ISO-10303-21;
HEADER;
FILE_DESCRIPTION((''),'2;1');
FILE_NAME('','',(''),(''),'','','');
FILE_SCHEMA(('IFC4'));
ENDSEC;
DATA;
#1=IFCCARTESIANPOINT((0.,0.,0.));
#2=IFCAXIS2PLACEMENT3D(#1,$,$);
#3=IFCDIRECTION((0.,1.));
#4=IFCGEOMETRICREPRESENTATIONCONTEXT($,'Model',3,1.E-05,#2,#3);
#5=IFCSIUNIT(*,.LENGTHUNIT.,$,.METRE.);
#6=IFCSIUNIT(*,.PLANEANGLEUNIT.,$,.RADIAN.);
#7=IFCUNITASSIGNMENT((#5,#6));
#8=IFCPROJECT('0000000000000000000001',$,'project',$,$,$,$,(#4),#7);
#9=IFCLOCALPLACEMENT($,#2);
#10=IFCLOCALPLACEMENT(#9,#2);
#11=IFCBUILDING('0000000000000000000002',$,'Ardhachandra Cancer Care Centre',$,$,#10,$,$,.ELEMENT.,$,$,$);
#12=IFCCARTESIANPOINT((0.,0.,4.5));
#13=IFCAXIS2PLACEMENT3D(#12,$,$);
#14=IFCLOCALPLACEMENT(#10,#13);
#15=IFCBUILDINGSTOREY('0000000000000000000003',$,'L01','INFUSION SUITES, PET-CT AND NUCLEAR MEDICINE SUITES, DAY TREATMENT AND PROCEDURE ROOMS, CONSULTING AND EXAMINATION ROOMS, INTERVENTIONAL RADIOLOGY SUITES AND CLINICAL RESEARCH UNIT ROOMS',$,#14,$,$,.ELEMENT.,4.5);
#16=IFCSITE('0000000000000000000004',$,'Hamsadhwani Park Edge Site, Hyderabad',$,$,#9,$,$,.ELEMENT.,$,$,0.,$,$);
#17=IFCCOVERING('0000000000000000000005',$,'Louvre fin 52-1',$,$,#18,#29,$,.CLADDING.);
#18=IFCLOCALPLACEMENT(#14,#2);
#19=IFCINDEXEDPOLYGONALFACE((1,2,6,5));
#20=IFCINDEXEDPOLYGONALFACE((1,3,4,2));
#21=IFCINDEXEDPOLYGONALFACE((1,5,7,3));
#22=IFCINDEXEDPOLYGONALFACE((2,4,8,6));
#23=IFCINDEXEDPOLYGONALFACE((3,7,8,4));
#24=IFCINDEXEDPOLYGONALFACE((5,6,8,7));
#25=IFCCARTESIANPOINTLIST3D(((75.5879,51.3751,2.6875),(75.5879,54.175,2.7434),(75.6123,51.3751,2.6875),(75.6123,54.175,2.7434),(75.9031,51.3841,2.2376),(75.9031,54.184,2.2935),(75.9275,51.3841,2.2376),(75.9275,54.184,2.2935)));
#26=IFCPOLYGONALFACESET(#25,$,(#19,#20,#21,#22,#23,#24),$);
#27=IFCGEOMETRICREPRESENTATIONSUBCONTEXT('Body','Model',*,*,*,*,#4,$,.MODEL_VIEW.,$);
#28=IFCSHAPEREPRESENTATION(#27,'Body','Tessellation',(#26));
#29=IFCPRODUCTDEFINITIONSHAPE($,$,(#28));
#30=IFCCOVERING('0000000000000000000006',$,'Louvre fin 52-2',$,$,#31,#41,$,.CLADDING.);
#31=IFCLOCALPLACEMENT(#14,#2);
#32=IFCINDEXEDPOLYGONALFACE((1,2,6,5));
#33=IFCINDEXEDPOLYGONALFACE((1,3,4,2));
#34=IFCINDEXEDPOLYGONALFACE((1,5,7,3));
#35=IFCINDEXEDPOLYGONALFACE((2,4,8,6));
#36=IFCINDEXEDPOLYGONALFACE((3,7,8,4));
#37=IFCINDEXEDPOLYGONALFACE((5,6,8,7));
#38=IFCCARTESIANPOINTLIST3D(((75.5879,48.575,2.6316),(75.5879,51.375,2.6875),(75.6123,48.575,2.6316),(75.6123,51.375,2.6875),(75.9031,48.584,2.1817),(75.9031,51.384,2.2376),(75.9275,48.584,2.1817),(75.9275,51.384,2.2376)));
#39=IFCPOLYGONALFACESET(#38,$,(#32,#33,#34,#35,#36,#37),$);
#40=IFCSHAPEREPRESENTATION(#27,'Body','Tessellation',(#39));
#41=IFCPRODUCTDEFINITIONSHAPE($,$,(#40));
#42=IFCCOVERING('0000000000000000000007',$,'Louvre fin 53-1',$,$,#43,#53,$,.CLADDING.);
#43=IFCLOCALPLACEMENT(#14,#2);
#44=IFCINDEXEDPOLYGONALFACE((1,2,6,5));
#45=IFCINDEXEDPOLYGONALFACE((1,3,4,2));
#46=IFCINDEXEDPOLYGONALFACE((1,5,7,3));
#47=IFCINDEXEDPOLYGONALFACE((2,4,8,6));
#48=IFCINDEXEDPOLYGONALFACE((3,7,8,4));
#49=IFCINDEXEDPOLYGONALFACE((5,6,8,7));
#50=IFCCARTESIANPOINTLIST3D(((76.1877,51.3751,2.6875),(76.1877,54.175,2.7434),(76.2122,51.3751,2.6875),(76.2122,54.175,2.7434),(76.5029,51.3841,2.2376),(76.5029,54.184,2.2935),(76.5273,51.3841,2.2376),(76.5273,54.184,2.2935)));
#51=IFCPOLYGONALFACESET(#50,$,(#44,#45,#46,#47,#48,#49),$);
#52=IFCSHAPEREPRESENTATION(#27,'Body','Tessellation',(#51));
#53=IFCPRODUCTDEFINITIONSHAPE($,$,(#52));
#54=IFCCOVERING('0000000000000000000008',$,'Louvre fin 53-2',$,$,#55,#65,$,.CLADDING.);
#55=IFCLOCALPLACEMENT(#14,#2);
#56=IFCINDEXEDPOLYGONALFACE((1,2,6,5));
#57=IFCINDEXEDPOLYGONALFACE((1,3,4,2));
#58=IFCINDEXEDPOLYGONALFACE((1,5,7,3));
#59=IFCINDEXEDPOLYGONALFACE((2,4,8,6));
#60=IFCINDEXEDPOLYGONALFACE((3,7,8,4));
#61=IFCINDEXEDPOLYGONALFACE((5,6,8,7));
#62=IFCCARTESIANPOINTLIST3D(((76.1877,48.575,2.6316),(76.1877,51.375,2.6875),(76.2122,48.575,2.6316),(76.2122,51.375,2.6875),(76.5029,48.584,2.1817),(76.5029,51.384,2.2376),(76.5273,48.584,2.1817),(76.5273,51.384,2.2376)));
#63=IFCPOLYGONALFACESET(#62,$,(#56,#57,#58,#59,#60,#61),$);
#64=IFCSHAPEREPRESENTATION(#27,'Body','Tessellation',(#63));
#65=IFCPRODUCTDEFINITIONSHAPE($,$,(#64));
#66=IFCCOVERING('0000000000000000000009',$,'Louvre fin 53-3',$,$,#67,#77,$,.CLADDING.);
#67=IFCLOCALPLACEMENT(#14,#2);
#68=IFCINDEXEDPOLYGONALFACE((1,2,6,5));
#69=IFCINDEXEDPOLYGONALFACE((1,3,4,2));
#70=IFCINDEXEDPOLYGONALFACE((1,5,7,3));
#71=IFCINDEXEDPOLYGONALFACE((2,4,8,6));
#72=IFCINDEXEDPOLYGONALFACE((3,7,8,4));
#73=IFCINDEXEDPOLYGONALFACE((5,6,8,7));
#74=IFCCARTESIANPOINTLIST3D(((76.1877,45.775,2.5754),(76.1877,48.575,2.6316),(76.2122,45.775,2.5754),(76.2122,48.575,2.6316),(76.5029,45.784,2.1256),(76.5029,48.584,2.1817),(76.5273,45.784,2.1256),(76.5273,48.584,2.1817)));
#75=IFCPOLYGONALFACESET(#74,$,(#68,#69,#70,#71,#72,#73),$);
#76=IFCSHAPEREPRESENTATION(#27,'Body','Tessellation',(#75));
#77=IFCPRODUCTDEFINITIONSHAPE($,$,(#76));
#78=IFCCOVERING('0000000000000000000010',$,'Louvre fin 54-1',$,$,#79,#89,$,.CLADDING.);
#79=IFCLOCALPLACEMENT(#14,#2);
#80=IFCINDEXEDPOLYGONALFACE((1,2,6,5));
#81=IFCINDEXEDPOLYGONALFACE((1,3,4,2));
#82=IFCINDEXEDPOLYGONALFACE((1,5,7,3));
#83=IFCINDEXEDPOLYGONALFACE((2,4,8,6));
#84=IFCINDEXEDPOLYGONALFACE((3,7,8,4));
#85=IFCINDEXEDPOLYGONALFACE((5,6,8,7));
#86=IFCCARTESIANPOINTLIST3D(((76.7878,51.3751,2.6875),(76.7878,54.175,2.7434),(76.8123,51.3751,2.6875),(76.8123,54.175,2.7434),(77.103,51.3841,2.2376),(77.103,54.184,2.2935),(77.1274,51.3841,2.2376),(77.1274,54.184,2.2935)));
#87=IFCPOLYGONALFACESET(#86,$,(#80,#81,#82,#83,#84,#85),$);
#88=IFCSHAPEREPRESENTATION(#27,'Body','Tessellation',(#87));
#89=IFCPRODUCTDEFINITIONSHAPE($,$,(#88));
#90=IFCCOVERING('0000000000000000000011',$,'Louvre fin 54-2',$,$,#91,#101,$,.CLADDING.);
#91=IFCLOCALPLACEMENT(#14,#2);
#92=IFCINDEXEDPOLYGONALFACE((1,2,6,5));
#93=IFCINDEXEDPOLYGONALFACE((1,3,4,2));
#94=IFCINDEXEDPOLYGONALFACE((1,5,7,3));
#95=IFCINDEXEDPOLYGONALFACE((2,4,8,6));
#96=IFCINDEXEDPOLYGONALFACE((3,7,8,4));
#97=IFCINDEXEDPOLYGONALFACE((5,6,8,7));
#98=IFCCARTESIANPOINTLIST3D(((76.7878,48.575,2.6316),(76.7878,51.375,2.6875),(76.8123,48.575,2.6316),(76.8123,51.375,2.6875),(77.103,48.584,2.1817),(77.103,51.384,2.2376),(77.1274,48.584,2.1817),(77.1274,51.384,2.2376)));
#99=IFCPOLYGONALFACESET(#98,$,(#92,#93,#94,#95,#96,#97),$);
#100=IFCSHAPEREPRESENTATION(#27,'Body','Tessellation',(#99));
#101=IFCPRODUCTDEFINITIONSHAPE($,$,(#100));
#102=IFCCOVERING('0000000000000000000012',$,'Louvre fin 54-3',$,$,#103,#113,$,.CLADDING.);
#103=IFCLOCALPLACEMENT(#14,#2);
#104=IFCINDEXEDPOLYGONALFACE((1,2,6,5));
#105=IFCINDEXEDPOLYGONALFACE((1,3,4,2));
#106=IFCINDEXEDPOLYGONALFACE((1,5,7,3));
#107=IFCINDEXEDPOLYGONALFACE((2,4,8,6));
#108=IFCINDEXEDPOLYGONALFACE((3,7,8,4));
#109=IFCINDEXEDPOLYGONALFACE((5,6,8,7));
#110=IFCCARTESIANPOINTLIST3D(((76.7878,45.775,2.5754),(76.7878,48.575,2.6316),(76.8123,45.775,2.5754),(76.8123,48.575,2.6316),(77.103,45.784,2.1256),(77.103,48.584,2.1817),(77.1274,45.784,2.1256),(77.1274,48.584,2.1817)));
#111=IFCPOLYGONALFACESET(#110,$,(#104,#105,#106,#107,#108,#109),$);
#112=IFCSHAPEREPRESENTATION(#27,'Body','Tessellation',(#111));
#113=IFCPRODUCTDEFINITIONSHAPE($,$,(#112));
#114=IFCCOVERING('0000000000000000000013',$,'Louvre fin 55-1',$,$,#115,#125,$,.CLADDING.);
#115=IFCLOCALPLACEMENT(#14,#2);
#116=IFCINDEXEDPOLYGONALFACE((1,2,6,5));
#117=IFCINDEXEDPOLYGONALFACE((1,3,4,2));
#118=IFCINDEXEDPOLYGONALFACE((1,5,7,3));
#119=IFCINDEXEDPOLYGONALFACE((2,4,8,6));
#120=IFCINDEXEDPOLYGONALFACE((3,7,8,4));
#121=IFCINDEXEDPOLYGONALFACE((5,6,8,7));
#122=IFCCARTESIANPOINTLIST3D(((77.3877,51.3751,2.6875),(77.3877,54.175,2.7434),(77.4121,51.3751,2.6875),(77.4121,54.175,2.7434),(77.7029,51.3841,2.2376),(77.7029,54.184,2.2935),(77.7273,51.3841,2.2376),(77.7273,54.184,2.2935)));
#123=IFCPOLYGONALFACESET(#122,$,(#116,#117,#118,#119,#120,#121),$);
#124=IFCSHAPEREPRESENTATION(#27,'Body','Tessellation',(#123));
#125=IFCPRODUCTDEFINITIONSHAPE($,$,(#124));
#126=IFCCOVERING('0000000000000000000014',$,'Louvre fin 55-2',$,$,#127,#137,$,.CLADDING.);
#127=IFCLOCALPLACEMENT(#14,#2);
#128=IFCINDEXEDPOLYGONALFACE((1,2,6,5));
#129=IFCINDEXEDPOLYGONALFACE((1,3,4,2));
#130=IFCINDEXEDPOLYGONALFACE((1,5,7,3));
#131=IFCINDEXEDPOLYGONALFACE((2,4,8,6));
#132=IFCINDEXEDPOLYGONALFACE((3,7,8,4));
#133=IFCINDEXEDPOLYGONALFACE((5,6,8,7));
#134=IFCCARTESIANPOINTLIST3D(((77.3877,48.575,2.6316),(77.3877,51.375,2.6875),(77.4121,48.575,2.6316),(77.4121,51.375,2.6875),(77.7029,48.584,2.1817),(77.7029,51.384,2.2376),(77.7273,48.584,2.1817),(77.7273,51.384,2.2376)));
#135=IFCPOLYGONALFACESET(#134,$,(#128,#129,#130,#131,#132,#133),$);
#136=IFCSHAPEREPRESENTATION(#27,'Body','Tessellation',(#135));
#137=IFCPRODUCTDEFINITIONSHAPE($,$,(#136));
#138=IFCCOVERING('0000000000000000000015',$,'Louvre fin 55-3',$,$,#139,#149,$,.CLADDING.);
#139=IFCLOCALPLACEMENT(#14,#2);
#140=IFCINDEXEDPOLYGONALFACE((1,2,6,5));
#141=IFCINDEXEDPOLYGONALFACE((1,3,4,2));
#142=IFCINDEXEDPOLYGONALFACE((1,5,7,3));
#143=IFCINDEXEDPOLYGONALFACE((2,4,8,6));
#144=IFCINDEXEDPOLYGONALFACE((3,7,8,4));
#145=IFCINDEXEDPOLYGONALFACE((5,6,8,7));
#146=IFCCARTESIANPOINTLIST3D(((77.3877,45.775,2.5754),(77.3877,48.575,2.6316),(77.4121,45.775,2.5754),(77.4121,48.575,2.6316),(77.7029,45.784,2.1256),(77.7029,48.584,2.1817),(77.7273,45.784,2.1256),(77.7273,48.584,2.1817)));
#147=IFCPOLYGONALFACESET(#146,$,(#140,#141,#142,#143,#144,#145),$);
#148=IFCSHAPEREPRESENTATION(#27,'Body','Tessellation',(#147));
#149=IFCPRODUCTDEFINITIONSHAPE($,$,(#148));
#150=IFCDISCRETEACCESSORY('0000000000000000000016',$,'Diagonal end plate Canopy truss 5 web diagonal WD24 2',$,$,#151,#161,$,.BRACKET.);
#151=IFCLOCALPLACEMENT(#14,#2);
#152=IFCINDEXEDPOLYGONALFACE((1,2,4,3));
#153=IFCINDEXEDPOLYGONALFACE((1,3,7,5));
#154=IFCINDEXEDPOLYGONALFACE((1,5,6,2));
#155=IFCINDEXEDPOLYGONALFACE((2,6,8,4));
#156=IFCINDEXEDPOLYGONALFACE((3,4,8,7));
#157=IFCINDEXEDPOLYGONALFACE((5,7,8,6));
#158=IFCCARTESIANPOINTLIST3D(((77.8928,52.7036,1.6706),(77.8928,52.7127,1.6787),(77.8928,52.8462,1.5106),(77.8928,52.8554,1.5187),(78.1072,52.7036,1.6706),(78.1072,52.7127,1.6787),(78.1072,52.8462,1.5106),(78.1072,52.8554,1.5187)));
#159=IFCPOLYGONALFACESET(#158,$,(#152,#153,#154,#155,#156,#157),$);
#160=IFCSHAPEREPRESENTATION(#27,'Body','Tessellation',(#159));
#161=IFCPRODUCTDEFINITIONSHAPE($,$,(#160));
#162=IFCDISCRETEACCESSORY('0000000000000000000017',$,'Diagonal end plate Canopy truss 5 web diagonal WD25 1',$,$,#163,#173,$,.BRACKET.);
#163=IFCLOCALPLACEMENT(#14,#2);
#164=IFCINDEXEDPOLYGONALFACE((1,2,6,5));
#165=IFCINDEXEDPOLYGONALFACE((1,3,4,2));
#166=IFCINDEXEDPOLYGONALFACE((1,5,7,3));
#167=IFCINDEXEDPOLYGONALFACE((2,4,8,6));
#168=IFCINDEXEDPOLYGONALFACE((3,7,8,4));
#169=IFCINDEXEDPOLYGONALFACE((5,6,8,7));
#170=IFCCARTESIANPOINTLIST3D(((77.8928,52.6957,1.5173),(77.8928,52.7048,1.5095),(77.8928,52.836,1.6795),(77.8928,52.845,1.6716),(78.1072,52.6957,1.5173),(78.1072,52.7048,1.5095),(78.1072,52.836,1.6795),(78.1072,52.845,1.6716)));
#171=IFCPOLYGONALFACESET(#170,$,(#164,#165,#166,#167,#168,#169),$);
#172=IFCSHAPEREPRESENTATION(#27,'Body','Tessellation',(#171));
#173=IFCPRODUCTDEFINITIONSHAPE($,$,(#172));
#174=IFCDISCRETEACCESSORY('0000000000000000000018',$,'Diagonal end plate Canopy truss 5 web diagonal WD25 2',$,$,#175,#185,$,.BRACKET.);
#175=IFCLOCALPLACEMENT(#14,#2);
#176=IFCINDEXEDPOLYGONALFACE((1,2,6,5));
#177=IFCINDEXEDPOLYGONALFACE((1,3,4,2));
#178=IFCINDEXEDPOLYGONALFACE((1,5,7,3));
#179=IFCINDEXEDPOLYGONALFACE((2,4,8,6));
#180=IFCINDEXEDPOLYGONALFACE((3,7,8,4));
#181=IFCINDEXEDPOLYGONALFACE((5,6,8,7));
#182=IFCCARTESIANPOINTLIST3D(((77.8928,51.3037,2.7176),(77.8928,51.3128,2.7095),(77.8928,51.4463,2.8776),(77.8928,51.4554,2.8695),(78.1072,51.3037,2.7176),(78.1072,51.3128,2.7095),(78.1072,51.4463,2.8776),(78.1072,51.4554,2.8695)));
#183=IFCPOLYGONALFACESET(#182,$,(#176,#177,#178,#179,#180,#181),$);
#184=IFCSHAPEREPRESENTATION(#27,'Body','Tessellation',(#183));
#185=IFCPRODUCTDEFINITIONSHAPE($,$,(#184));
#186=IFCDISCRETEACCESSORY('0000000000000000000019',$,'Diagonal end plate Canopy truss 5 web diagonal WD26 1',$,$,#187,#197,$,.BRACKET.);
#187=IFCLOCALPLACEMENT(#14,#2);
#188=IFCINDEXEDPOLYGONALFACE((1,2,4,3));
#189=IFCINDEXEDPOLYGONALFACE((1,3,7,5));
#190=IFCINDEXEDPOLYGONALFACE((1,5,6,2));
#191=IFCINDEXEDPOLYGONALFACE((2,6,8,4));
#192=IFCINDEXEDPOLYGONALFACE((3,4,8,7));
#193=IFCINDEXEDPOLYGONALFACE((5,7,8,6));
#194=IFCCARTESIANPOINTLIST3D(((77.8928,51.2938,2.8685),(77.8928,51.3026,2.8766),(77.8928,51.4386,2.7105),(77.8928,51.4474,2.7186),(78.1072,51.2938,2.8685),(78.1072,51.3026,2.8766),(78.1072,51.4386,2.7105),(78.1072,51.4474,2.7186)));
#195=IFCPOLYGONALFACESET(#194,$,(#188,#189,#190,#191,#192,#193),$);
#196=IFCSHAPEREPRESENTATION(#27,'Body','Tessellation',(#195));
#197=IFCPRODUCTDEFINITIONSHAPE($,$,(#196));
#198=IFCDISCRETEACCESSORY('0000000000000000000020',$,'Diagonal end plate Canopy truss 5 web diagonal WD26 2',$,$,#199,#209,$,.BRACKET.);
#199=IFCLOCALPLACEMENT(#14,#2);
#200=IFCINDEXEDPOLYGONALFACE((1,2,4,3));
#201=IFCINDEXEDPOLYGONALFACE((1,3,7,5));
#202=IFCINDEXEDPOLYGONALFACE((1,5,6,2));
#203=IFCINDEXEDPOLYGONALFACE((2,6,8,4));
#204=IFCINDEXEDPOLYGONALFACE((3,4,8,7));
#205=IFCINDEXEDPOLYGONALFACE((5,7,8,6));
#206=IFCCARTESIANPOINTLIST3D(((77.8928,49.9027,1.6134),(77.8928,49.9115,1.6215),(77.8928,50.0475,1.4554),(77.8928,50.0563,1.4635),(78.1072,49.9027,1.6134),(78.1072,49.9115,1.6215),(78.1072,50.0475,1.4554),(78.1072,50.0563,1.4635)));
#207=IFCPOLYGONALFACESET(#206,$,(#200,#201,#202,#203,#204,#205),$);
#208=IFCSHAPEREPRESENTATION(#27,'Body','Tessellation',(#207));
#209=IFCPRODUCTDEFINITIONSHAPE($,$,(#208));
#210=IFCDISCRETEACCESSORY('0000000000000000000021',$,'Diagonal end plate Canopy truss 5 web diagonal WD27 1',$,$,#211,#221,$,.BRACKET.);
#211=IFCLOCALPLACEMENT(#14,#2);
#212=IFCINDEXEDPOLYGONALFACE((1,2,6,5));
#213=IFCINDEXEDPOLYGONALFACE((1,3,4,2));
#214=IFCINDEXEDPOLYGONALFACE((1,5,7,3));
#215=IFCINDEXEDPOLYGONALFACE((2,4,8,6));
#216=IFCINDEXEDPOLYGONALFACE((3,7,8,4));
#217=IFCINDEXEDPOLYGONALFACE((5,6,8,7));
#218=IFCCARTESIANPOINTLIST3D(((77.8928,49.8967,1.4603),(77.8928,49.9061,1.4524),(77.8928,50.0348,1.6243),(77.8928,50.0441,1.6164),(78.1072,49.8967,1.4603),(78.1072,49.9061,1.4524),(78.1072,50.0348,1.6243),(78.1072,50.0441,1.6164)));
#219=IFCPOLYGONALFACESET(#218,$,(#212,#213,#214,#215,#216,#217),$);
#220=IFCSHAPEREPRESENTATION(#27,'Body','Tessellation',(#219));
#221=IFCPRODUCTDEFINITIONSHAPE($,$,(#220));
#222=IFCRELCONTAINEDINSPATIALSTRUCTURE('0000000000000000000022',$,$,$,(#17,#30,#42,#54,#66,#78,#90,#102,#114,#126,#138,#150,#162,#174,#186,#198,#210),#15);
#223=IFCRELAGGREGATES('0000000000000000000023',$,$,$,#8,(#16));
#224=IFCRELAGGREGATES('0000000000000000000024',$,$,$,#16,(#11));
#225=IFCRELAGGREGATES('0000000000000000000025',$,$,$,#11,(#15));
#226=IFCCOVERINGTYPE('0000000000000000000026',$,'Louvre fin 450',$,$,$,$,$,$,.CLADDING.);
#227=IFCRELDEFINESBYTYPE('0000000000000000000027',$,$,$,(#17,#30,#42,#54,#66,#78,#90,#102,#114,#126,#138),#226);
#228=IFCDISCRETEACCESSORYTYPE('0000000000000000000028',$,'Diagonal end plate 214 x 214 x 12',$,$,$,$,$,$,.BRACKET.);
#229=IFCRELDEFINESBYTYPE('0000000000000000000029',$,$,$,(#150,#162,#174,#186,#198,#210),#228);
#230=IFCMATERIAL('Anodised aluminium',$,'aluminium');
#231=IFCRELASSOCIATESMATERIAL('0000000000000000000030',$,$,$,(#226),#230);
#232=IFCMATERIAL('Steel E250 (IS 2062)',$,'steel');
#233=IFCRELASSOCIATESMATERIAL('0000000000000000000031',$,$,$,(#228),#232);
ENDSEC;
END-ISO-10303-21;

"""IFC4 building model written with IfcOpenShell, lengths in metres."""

from ifc_helpers import new_model, si_unit, direction, frame, origin, origin_2d, place, context, subcontext, project, spatial, polyline, rectangle, outline, extrude, material, material_profile, profile_set, type_object, element, save


model = new_model("IFC4")

# Units and contexts
model_context = context("Model", 3, precision=1e-05, world=origin(), true_north=direction((0.0, 1.0)))
body_context = subcontext(model_context, "Body", "Model", "MODEL_VIEW")
ifc_project = project(units=[si_unit("LENGTHUNIT", "METRE"), si_unit("PLANEANGLEUNIT", "RADIAN")], contexts=[model_context])

# Site, building, storey
site_placement = place(None, origin())
site = spatial("IfcSite", under=ifc_project, at=site_placement, Name="Hamsadhwani Park Edge Site, Hyderabad", CompositionType="ELEMENT", RefElevation=0.0)
building_placement = place(site_placement, origin())
building = spatial("IfcBuilding", under=site, at=building_placement, Name="Ardhachandra Cancer Care Centre", CompositionType="ELEMENT")
storey_placement = place(building_placement, frame((0.0, 0.0, 4.5)))
storey = spatial("IfcBuildingStorey", under=building, at=storey_placement, Name="L01", Description="INFUSION SUITES, PET-CT AND NUCLEAR MEDICINE SUITES, DAY TREATMENT AND PROCEDURE ROOMS, CONSULTING AND EXAMINATION ROOMS, INTERVENTIONAL RADIOLOGY SUITES AND CLINICAL RESEARCH UNIT ROOMS", CompositionType="ELEMENT", Elevation=4.5)

# Coverings
ifc_material_1 = material(Name="Anodised aluminium", Category="aluminium")
ifc_material_profile_1 = material_profile(ifc_material_1, outline(polyline([(-0.0122, 0.0), (0.0122, 0.0), (0.3274, -0.45), (0.303, -0.45), (-0.0122, 0.0)])), Name="Louvre fin 450")
ifc_profile_set_1 = profile_set([ifc_material_profile_1], Name="Anodised aluminium")
covering_type = type_object("IfcCoveringType", Name="Louvre fin 450", PredefinedType="CLADDING", material=ifc_profile_set_1)
for number, where, z_axis, x_axis, name in (
    (1, (75.6001, 54.175, 2.7434), (0.0, -0.999801, -0.019963), (1.0, 0.0, 0.0), "Louvre fin 52-1"),
    (2, (75.6001, 51.375, 2.6875), (0.0, -0.999801, -0.019963), (1.0, 0.0, 0.0), "Louvre fin 52-2"),
    (3, (76.2, 54.175, 2.7434), (0.0, -0.999801, -0.019963), (1.0, 0.0, 0.0), "Louvre fin 53-1"),
    (4, (76.2, 51.375, 2.6875), (0.0, -0.999801, -0.019963), (1.0, 0.0, 0.0), "Louvre fin 53-2"),
    (5, (76.2, 48.575, 2.6316), (0.0, -0.999799, -0.02005), (1.0, 0.0, 0.0), "Louvre fin 53-3"),
    (6, (76.8, 54.175, 2.7434), (0.0, -0.999801, -0.019963), (1.0, 0.0, 0.0), "Louvre fin 54-1"),
    (7, (76.8, 51.375, 2.6875), (0.0, -0.999801, -0.019963), (1.0, 0.0, 0.0), "Louvre fin 54-2"),
    (8, (76.8, 48.575, 2.6316), (0.0, -0.999799, -0.02005), (1.0, 0.0, 0.0), "Louvre fin 54-3"),
    (9, (77.3999, 54.175, 2.7434), (0.0, -0.999801, -0.019963), (1.0, 0.0, 0.0), "Louvre fin 55-1"),
    (10, (77.3999, 51.375, 2.6875), (0.0, -0.999801, -0.019963), (1.0, 0.0, 0.0), "Louvre fin 55-2"),
    (11, (77.3999, 48.575, 2.6316), (0.0, -0.999799, -0.02005), (1.0, 0.0, 0.0), "Louvre fin 55-3"),
):
    element("IfcCovering", number, at=place(storey_placement, frame(where, z_axis=z_axis, x_axis=x_axis)), inside=storey, type_object=covering_type, Name=name, PredefinedType="CLADDING", context=body_context, shape_type="SweptSolid", body=[
        extrude(outline(polyline([(-0.0122, 0.0), (0.0122, 0.0), (0.3274, -0.45), (0.303, -0.45), (-0.0122, 0.0)])), origin(), (0.0, 0.0, 1.0), 2.8005),
    ])

# Discrete accessories
ifc_material_2 = material(Name="Steel E250 (IS 2062)", Category="steel")
ifc_material_profile_2 = material_profile(ifc_material_2, rectangle(XDim=0.2144, YDim=0.2144, at=origin_2d()), Name="PL 214x214x12")
ifc_profile_set_2 = profile_set([ifc_material_profile_2], Name="Steel E250 (IS 2062)")
discrete_accessory_type = type_object("IfcDiscreteAccessoryType", Name="Diagonal end plate 214 x 214 x 12", PredefinedType="BRACKET", material=ifc_profile_set_2)
discrete_accessory_1_placement = place(storey_placement, frame((78.0, 52.7749, 1.5906), z_axis=(0.0, 0.746295, 0.665615), x_axis=(-1.0, 0.0, 0.0)))
element("IfcDiscreteAccessory", 12, at=discrete_accessory_1_placement, inside=storey, type_object=discrete_accessory_type, Name="Diagonal end plate Canopy truss 5 web diagonal WD24 2", PredefinedType="BRACKET", context=body_context, shape_type="SweptSolid", body=[
    extrude(rectangle(XDim=0.2144, YDim=0.2144, at=origin_2d()), origin(), (0.0, 0.0, 1.0), 0.0122),
])
discrete_accessory_2_placement = place(storey_placement, frame((78.0, 52.7749, 1.5906), z_axis=(0.0, -0.756363, 0.654152), x_axis=(1.0, 0.0, 0.0)))
element("IfcDiscreteAccessory", 13, at=discrete_accessory_2_placement, inside=storey, type_object=discrete_accessory_type, Name="Diagonal end plate Canopy truss 5 web diagonal WD25 1", PredefinedType="BRACKET", context=body_context, shape_type="SweptSolid", body=[
    extrude(rectangle(XDim=0.2144, YDim=0.2144, at=origin_2d()), origin(), (0.0, 0.0, 1.0), 0.012),
])
discrete_accessory_3_placement = place(storey_placement, frame((78.0, 51.375, 2.7976), z_axis=(0.0, 0.746295, -0.665615), x_axis=(-1.0, 0.0, 0.0)))
element("IfcDiscreteAccessory", 14, at=discrete_accessory_3_placement, inside=storey, type_object=discrete_accessory_type, Name="Diagonal end plate Canopy truss 5 web diagonal WD25 2", PredefinedType="BRACKET", context=body_context, shape_type="SweptSolid", body=[
    extrude(rectangle(XDim=0.2144, YDim=0.2144, at=origin_2d()), origin(), (0.0, 0.0, 1.0), 0.0122),
])
for number, where, z_axis, x_axis, name in (
    (15, (78.0, 51.375, 2.7976), (0.0, -0.737154, -0.675725), (1.0, 0.0, 0.0), "Diagonal end plate Canopy truss 5 web diagonal WD26 1"),
    (16, (78.0, 49.9751, 1.5344), (0.0, 0.737154, 0.675725), (-1.0, 0.0, 0.0), "Diagonal end plate Canopy truss 5 web diagonal WD26 2"),
):
    element("IfcDiscreteAccessory", number, at=place(storey_placement, frame(where, z_axis=z_axis, x_axis=x_axis)), inside=storey, type_object=discrete_accessory_type, Name=name, PredefinedType="BRACKET", context=body_context, shape_type="SweptSolid", body=[
        extrude(rectangle(XDim=0.2144, YDim=0.2144, at=origin_2d()), origin(), (0.0, 0.0, 1.0), 0.012),
    ])
discrete_accessory_4_placement = place(storey_placement, frame((78.0, 49.9751, 1.5344), z_axis=(0.0, -0.764911, 0.644136), x_axis=(1.0, 0.0, 0.0)))
element("IfcDiscreteAccessory", 17, at=discrete_accessory_4_placement, inside=storey, type_object=discrete_accessory_type, Name="Diagonal end plate Canopy truss 5 web diagonal WD27 1", PredefinedType="BRACKET", context=body_context, shape_type="SweptSolid", body=[
    extrude(rectangle(XDim=0.2144, YDim=0.2144, at=origin_2d()), origin(), (0.0, 0.0, 1.0), 0.0122),
])

save(model, "model.ifc")
